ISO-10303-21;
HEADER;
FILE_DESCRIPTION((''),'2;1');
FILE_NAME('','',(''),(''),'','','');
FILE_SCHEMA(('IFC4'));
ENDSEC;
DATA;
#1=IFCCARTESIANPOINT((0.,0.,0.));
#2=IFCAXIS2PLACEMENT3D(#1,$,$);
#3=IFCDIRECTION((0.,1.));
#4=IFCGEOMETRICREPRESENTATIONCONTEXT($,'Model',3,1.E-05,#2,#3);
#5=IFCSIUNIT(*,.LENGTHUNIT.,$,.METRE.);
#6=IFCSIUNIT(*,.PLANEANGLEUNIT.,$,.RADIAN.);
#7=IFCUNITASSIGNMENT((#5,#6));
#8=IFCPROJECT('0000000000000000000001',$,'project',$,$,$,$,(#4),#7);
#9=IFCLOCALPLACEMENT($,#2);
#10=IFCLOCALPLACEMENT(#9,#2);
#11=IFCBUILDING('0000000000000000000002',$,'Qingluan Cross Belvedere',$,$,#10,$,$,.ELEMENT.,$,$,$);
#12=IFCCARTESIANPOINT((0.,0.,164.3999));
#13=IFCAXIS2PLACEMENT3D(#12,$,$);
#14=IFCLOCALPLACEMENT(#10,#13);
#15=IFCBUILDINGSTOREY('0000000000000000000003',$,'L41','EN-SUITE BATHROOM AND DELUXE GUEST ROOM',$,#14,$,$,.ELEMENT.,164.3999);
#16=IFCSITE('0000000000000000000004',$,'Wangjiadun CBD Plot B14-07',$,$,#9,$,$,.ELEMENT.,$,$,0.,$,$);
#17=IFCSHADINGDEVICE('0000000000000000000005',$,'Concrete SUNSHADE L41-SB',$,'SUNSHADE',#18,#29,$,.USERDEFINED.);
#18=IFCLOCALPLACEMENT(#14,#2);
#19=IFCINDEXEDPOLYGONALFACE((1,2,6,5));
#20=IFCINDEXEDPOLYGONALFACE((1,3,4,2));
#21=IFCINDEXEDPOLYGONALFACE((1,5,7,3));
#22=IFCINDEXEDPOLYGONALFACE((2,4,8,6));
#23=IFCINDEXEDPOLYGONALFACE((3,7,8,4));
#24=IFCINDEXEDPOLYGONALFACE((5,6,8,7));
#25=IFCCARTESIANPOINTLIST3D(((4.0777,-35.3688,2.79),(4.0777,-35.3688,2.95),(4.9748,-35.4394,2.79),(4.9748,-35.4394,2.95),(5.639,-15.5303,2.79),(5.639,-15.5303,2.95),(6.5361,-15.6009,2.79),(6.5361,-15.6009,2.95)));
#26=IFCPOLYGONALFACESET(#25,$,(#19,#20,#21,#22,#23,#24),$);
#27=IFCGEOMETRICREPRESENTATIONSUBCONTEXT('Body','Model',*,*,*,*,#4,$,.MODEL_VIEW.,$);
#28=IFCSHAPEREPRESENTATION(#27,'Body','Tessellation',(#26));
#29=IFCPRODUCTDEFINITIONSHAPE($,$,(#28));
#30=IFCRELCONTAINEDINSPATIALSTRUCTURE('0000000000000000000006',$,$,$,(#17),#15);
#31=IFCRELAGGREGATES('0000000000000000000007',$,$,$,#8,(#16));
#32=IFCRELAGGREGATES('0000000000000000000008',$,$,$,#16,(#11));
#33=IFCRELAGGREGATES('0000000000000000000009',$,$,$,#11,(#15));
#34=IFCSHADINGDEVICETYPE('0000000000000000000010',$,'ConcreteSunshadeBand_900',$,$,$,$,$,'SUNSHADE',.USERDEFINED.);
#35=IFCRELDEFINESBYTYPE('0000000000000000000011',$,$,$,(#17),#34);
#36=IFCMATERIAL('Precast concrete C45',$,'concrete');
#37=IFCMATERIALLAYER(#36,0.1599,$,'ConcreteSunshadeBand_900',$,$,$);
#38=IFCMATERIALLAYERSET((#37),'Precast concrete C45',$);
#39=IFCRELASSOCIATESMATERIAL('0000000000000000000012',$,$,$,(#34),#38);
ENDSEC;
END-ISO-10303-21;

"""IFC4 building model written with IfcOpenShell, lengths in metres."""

from ifc_helpers import new_model, si_unit, direction, frame, origin, origin_2d, place, context, subcontext, project, spatial, rectangle, extrude, material, layer, layer_set, type_object, element, save


model = new_model("IFC4")

# Units and contexts
model_context = context("Model", 3, precision=1e-05, world=origin(), true_north=direction((0.0, 1.0)))
body_context = subcontext(model_context, "Body", "Model", "MODEL_VIEW")
ifc_project = project(units=[si_unit("LENGTHUNIT", "METRE"), si_unit("PLANEANGLEUNIT", "RADIAN")], contexts=[model_context])

# Site, building, storey
site_placement = place(None, origin())
site = spatial("IfcSite", under=ifc_project, at=site_placement, Name="Wangjiadun CBD Plot B14-07", CompositionType="ELEMENT", RefElevation=0.0)
building_placement = place(site_placement, origin())
building = spatial("IfcBuilding", under=site, at=building_placement, Name="Qingluan Cross Belvedere", CompositionType="ELEMENT")
storey_placement = place(building_placement, frame((0.0, 0.0, 164.3999)))
storey = spatial("IfcBuildingStorey", under=building, at=storey_placement, Name="L41", Description="EN-SUITE BATHROOM AND DELUXE GUEST ROOM", CompositionType="ELEMENT", Elevation=164.3999)

# Shading device
ifc_material_1 = material(Name="Precast concrete C45", Category="concrete")
ifc_layer_1 = layer(ifc_material_1, 0.1599, Name="ConcreteSunshadeBand_900")
ifc_layer_set_1 = layer_set([ifc_layer_1], Name="Precast concrete C45")
shading_device_type = type_object("IfcShadingDeviceType", Name="ConcreteSunshadeBand_900", ElementType="SUNSHADE", PredefinedType="USERDEFINED", material=ifc_layer_set_1)
shading_device_placement = place(storey_placement, frame((5.3069, -25.4849, 2.79), z_axis=(0.0, 0.0, 1.0), x_axis=(0.078458, 0.996917, 0.0)))
element("IfcShadingDevice", 1, at=shading_device_placement, inside=storey, type_object=shading_device_type, Name="Concrete SUNSHADE L41-SB", ObjectType="SUNSHADE", PredefinedType="USERDEFINED", context=body_context, shape_type="SweptSolid", body=[
    extrude(rectangle(XDim=19.8999, YDim=0.8999, at=origin_2d()), origin(), (0.0, 0.0, 1.0), 0.1599),
])

save(model, "model.ifc")
